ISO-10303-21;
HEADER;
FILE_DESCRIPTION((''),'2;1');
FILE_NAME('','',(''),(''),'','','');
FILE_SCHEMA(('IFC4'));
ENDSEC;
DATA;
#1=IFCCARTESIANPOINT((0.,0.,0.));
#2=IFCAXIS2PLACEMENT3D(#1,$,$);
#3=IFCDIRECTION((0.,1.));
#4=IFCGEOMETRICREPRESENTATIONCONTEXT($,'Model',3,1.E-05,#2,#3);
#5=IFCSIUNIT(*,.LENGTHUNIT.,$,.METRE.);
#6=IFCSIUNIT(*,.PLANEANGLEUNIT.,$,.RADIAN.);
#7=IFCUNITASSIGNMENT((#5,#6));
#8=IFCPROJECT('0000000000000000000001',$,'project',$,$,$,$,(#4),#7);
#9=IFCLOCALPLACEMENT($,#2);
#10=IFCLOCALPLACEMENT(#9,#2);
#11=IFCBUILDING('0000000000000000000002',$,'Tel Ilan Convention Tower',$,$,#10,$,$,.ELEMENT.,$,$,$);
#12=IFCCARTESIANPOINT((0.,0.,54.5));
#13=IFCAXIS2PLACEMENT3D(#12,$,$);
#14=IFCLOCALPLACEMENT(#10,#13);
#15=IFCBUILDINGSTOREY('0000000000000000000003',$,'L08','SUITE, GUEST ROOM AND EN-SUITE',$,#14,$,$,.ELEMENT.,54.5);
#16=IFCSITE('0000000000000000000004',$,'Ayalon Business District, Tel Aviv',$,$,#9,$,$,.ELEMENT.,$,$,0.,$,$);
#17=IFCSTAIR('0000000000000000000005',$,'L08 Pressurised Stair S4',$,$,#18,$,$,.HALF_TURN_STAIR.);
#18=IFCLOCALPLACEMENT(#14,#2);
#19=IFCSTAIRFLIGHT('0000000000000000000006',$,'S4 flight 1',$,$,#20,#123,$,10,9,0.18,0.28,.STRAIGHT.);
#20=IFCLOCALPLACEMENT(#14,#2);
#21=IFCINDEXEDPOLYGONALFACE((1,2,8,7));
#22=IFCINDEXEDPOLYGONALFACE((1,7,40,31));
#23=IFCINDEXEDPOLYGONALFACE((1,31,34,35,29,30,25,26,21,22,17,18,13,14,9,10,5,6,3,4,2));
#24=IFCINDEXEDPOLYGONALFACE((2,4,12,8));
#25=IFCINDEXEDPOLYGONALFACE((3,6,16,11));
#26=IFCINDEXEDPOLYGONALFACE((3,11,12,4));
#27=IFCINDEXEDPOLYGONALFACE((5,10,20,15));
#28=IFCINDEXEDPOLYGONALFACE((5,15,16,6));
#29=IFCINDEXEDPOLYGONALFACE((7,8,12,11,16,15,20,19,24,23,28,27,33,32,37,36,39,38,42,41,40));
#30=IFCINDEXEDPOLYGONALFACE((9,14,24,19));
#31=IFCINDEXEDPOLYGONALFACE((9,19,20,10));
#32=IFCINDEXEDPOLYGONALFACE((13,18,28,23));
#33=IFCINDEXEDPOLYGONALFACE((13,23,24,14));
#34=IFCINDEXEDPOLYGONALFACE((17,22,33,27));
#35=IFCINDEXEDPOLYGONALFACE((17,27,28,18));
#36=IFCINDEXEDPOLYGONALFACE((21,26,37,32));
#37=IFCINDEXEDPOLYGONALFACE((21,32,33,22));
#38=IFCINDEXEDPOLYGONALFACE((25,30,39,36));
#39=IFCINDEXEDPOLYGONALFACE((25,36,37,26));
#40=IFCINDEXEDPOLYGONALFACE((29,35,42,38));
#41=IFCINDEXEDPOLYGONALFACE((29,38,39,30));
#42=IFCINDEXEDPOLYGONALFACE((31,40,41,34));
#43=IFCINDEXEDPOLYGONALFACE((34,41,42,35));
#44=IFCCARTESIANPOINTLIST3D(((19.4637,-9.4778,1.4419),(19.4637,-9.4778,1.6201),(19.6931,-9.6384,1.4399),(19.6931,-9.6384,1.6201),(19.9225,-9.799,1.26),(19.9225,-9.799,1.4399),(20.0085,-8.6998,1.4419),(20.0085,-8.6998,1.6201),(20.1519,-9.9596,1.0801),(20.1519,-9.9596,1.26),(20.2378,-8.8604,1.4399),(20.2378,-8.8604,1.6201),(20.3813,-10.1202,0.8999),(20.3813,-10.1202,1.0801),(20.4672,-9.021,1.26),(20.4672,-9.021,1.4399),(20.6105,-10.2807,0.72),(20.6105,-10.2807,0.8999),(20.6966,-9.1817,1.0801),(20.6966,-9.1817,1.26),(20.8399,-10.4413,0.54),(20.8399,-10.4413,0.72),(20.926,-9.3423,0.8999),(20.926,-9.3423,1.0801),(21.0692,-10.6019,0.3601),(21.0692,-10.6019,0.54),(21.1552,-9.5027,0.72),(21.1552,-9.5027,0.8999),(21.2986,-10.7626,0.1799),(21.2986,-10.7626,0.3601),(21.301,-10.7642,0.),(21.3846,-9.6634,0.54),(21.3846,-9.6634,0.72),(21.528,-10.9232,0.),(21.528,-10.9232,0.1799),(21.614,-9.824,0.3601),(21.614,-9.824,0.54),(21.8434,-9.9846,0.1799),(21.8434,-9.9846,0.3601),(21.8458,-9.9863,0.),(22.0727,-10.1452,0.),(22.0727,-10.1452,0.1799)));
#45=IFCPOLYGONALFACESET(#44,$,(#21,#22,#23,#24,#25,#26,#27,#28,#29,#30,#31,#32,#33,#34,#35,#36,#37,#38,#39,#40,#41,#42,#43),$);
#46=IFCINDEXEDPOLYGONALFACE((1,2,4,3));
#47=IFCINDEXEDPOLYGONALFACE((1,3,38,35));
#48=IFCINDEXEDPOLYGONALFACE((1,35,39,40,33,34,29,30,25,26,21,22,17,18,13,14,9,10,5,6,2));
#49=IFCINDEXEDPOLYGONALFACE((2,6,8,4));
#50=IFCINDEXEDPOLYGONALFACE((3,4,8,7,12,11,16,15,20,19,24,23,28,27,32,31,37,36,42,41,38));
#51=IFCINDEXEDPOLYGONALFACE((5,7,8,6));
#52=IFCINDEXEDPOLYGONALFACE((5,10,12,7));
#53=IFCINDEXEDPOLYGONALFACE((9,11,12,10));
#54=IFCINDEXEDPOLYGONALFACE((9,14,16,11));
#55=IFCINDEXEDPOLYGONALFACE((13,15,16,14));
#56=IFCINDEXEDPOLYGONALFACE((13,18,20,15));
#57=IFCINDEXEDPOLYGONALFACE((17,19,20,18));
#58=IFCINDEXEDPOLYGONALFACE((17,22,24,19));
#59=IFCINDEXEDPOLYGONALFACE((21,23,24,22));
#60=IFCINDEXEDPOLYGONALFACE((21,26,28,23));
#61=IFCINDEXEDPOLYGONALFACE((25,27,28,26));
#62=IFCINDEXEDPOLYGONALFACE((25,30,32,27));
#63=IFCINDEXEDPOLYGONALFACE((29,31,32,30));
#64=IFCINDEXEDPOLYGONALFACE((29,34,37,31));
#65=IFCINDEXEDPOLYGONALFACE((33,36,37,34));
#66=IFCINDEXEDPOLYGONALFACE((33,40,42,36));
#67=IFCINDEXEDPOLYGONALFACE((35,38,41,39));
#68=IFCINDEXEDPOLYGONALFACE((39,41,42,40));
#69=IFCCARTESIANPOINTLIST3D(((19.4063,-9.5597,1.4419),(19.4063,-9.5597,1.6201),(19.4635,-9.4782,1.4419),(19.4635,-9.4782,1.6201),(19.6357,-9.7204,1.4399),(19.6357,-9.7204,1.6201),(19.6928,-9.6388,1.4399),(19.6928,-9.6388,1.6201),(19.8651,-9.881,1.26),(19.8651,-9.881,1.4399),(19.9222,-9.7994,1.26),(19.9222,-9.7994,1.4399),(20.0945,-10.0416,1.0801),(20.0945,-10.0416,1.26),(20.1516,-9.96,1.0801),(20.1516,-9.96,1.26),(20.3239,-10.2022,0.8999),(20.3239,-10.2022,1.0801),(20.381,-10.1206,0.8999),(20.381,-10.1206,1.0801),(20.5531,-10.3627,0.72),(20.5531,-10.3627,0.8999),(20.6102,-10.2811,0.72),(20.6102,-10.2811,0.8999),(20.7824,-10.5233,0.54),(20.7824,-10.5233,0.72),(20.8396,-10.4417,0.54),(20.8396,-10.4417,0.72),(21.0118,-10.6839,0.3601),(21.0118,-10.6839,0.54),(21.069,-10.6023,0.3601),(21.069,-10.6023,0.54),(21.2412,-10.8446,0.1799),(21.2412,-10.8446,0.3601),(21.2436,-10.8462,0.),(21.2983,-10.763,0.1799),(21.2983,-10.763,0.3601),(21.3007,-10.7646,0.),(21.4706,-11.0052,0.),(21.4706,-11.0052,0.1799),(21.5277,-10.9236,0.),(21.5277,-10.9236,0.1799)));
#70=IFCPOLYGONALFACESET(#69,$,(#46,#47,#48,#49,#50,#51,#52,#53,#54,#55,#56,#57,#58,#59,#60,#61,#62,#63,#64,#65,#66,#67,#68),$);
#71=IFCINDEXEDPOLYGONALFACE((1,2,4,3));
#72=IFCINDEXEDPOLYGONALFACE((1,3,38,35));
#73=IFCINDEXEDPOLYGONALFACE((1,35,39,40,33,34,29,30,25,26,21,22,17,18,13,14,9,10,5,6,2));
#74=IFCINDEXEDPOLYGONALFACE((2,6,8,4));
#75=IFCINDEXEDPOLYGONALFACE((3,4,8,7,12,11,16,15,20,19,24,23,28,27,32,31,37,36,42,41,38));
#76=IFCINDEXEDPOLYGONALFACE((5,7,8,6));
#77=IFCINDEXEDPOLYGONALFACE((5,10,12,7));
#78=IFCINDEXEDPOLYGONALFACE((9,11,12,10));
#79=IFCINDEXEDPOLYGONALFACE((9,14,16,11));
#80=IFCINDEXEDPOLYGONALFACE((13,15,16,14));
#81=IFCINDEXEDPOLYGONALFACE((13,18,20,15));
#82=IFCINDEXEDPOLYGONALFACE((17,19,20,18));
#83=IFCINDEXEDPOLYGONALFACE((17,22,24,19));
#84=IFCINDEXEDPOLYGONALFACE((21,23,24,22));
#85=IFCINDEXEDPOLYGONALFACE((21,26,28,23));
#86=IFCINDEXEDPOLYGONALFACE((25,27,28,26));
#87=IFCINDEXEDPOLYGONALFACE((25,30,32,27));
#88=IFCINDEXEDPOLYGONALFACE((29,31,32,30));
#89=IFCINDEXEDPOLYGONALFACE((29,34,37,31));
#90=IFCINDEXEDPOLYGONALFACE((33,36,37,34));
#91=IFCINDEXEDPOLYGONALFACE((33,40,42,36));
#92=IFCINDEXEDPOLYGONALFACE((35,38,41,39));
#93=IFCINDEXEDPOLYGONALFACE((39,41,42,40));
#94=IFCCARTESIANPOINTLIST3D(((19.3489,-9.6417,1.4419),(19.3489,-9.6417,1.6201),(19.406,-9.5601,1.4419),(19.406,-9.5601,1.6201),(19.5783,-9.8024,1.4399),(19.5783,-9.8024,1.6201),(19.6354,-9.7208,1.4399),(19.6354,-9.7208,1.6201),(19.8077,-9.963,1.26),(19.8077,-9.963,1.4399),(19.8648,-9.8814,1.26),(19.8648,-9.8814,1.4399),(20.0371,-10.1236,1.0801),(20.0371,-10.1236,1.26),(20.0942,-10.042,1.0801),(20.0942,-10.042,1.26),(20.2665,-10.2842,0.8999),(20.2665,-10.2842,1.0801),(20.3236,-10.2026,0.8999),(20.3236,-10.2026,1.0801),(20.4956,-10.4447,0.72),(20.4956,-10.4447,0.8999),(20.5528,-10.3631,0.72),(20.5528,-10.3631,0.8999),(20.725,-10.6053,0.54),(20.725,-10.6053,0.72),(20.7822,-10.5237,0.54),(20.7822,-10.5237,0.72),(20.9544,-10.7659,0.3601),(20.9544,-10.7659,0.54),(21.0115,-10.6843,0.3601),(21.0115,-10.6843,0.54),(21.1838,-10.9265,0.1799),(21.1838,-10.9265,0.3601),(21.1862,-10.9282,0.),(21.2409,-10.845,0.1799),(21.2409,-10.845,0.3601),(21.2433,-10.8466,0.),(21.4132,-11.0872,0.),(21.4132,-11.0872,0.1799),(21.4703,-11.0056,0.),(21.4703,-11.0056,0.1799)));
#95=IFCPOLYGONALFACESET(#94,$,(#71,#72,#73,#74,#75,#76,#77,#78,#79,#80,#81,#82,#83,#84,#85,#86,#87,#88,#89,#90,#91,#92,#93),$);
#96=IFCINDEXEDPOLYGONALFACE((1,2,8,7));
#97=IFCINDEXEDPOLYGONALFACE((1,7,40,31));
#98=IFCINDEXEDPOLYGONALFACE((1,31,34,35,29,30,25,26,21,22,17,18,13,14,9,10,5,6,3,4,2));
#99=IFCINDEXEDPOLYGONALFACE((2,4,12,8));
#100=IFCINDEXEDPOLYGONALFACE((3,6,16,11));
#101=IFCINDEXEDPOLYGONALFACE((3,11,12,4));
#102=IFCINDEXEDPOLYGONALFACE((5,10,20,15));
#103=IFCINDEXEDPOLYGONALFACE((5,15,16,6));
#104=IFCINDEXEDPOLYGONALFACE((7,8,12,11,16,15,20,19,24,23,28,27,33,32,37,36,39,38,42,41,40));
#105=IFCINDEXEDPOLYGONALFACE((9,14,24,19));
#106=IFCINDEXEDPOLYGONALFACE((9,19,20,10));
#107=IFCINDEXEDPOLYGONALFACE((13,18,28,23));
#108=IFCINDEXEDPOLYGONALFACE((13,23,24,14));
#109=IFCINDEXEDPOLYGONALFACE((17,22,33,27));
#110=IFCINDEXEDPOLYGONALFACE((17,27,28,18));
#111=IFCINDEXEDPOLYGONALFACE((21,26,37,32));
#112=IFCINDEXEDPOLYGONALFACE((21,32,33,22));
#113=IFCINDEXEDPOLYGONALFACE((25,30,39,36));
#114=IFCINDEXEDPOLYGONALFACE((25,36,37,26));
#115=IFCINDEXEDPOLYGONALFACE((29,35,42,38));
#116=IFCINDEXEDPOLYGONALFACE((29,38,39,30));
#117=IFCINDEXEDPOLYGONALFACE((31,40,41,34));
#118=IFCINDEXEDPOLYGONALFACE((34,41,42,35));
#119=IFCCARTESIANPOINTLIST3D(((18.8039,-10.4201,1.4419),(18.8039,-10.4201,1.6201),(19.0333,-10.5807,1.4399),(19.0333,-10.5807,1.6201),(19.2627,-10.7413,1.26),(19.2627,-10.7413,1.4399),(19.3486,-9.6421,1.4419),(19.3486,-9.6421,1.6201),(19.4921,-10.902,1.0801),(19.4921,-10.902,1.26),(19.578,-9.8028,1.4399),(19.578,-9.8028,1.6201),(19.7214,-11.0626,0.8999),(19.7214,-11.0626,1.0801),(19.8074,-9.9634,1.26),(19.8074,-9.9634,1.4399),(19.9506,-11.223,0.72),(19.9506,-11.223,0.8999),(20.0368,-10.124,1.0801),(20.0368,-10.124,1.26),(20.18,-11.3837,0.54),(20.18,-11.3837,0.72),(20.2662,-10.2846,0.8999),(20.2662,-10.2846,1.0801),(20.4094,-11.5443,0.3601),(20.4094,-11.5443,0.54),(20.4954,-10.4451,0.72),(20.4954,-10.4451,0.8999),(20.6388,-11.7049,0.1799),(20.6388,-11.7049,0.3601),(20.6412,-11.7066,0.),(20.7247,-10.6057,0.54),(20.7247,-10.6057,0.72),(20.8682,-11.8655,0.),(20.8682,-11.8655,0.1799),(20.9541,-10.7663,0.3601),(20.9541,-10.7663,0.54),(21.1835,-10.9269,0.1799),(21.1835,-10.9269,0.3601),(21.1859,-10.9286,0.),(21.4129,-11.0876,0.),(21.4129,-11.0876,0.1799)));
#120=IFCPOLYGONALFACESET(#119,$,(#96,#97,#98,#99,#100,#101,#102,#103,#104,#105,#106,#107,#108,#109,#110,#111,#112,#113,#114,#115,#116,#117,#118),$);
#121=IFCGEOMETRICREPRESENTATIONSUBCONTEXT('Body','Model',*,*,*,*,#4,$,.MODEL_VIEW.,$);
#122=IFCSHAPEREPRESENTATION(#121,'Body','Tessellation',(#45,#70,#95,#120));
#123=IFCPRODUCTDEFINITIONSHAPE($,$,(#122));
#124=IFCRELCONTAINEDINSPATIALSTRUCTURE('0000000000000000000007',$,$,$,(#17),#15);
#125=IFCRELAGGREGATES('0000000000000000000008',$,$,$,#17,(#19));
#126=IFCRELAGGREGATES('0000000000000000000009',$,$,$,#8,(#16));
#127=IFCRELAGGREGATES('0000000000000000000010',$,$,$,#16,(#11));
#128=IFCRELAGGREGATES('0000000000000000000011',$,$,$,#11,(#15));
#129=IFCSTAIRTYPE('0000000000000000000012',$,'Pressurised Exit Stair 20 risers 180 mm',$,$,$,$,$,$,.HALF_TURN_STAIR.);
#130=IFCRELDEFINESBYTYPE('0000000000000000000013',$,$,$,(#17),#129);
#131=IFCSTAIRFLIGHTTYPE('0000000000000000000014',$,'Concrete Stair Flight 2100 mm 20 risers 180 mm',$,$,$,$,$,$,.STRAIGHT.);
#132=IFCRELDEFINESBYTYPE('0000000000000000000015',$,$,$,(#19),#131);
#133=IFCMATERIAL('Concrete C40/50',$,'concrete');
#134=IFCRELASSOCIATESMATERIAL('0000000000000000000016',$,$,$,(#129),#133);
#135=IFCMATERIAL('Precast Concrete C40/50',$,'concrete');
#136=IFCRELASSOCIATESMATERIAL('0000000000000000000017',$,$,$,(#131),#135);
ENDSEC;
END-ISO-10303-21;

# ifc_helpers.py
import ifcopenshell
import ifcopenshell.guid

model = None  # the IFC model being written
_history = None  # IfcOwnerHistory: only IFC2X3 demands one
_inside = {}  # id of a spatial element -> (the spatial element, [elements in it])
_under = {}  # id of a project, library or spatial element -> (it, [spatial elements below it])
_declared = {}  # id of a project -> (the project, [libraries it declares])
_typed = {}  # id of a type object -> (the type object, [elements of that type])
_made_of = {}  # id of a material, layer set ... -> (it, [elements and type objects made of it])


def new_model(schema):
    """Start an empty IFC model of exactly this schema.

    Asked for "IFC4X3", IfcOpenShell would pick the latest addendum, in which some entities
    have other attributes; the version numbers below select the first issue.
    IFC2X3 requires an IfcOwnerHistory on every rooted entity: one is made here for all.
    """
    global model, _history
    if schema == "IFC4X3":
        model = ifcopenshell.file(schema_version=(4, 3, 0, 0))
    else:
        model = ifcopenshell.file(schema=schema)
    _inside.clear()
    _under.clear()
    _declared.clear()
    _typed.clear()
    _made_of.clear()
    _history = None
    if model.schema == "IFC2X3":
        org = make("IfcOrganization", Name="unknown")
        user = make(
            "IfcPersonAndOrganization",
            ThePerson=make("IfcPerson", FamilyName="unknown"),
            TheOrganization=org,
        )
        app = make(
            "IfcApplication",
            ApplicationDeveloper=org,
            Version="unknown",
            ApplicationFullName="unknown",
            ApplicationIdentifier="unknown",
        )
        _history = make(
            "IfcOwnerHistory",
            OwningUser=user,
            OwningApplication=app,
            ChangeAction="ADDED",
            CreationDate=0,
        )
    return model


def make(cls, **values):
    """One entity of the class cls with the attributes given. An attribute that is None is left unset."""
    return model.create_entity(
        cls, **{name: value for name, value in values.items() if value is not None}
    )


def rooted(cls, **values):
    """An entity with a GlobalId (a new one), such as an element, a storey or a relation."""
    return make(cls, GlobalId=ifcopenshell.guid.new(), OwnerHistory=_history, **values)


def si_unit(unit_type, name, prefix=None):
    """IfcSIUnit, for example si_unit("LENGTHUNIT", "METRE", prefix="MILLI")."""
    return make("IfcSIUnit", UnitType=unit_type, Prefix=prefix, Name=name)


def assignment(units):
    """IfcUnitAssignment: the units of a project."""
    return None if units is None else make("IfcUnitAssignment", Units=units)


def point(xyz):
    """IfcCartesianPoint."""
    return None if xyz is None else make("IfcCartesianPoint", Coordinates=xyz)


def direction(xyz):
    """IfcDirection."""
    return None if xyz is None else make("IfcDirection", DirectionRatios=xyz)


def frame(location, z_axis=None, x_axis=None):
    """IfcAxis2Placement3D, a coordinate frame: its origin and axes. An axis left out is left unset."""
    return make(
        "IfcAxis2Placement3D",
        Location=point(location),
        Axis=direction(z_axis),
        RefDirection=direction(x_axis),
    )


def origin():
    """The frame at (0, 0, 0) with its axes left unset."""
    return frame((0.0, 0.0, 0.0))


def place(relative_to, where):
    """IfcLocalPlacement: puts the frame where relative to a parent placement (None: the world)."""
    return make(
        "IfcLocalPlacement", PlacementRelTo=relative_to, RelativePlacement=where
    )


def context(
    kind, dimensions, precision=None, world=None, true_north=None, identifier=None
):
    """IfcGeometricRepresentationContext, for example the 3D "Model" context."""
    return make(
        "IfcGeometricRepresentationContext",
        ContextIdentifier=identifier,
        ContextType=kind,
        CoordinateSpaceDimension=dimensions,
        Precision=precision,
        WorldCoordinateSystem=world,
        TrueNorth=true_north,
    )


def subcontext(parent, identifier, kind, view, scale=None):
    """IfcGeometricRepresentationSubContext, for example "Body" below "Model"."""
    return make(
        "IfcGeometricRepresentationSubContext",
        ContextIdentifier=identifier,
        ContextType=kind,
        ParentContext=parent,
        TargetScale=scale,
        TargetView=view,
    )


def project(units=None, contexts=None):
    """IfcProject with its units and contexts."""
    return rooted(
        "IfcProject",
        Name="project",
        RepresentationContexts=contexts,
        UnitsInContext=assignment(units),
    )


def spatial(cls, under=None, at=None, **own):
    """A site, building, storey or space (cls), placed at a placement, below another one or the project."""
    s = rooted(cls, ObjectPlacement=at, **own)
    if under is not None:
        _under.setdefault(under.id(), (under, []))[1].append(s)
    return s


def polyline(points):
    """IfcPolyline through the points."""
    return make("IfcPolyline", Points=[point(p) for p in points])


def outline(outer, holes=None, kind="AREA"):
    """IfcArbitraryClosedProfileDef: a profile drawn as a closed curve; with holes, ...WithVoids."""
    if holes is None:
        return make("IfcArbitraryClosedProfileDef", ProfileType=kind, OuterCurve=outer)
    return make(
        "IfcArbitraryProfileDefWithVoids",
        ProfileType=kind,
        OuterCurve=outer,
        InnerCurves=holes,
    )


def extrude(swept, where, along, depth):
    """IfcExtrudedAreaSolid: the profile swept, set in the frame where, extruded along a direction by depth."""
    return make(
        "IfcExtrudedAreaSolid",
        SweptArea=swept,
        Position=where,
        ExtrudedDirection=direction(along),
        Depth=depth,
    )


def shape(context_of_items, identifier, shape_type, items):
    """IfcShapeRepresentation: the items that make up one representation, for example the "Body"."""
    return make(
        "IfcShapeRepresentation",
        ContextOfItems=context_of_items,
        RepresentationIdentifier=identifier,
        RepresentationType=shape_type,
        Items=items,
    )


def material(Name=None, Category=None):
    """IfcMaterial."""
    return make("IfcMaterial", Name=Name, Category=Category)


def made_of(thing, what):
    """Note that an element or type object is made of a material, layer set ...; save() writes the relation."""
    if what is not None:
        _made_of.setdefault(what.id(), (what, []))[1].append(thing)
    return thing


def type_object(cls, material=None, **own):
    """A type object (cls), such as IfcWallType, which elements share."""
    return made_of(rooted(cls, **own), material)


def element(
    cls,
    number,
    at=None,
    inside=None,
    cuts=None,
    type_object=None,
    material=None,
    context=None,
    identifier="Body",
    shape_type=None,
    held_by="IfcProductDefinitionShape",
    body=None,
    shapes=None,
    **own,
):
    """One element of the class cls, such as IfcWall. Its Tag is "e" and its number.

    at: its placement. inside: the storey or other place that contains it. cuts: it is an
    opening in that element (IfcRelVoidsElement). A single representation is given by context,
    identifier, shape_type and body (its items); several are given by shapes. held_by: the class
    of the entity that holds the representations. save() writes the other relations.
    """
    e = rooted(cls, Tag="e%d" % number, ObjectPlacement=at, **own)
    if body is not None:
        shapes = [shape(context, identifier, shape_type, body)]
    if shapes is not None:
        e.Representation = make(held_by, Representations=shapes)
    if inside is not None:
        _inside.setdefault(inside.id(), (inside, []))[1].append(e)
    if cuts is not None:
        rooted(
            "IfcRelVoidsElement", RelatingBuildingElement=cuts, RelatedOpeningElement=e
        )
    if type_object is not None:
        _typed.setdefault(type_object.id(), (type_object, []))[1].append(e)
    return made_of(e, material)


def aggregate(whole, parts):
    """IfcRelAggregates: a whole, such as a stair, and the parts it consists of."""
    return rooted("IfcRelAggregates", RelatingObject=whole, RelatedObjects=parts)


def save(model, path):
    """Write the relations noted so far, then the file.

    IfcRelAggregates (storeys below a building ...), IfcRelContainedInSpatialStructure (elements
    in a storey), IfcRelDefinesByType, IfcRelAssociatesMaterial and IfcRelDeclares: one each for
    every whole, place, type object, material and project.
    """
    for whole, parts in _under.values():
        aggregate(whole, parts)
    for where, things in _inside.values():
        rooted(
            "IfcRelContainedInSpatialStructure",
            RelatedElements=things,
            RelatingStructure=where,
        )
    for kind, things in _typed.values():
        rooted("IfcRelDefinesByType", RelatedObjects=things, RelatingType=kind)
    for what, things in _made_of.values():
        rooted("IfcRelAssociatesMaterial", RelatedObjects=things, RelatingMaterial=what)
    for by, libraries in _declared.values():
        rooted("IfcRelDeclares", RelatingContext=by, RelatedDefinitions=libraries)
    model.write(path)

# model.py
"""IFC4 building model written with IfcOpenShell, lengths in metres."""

from ifc_helpers import new_model, si_unit, direction, frame, origin, place, context, subcontext, project, spatial, polyline, outline, extrude, material, type_object, element, aggregate, save


model = new_model("IFC4")

# Units and contexts
model_context = context("Model", 3, precision=1e-05, world=origin(), true_north=direction((0.0, 1.0)))
body_context = subcontext(model_context, "Body", "Model", "MODEL_VIEW")
ifc_project = project(units=[si_unit("LENGTHUNIT", "METRE"), si_unit("PLANEANGLEUNIT", "RADIAN")], contexts=[model_context])

# Site, building, storey
site_placement = place(None, origin())
site = spatial("IfcSite", under=ifc_project, at=site_placement, Name="Ayalon Business District, Tel Aviv", CompositionType="ELEMENT", RefElevation=0.0)
building_placement = place(site_placement, origin())
building = spatial("IfcBuilding", under=site, at=building_placement, Name="Tel Ilan Convention Tower", CompositionType="ELEMENT")
storey_placement = place(building_placement, frame((0.0, 0.0, 54.5)))
storey = spatial("IfcBuildingStorey", under=building, at=storey_placement, Name="L08", Description="SUITE, GUEST ROOM AND EN-SUITE", CompositionType="ELEMENT", Elevation=54.5)

# Stair, stair flight
ifc_material_1 = material(Name="Concrete C40/50", Category="concrete")
stair_type = type_object("IfcStairType", Name="Pressurised Exit Stair 20 risers 180 mm", PredefinedType="HALF_TURN_STAIR", material=ifc_material_1)
ifc_material_2 = material(Name="Precast Concrete C40/50", Category="concrete")
stair_flight_type = type_object("IfcStairFlightType", Name="Concrete Stair Flight 2100 mm 20 risers 180 mm", PredefinedType="STRAIGHT", material=ifc_material_2)
stair_1_placement = place(storey_placement, origin())
stair_1 = element("IfcStair", 1, at=stair_1_placement, inside=storey, type_object=stair_type, Name="L08 Pressurised Stair S4", PredefinedType="HALF_TURN_STAIR")
stair_flight_1_placement = place(storey_placement, frame((21.4705, -11.0054, 0.0), z_axis=(0.0, 0.0, 1.0), x_axis=(-0.819152, 0.573576, 0.0)))
stair_flight_1 = element("IfcStairFlight", 2, at=stair_flight_1_placement, type_object=stair_flight_type, Name="S4 flight 1", NumberOfRisers=10, NumberOfTreads=9, PredefinedType="STRAIGHT", RiserHeight=0.18, TreadLength=0.28, context=body_context, shape_type="SweptSolid", body=[
    extrude(outline(polyline([(0.0, 0.0), (0.0, 0.1799), (0.28, 0.1799), (0.28, 0.3601), (0.5601, 0.3601), (0.5601, 0.54), (0.8401, 0.54), (0.8401, 0.72), (1.1201, 0.72), (1.1201, 0.8999), (1.3999, 0.8999), (1.3999, 1.0801), (1.6799, 1.0801), (1.6799, 1.26), (1.96, 1.26), (1.96, 1.4399), (2.24, 1.4399), (2.24, 1.6201), (2.52, 1.6201), (2.52, 1.8), (2.52, 1.4419), (0.2771, 0.0), (0.0, 0.0)])), frame((0.0, -0.1003, 0.0), z_axis=(0.0, -1.0, 0.0), x_axis=(1.0, 0.0, 0.0)), (0.0, 0.0, 1.0), 0.9497),
    extrude(outline(polyline([(0.0, 0.0), (0.0, 0.1799), (0.28, 0.1799), (0.28, 0.3601), (0.5601, 0.3601), (0.5601, 0.54), (0.8401, 0.54), (0.8401, 0.72), (1.1201, 0.72), (1.1201, 0.8999), (1.3999, 0.8999), (1.3999, 1.0801), (1.6799, 1.0801), (1.6799, 1.26), (1.96, 1.26), (1.96, 1.4399), (2.24, 1.4399), (2.24, 1.6201), (2.52, 1.6201), (2.52, 1.8), (2.52, 1.4419), (0.2771, 0.0), (0.0, 0.0)])), frame((0.0, -0.0002, 0.0), z_axis=(0.0, -1.0, 0.0), x_axis=(1.0, 0.0, 0.0)), (0.0, 0.0, 1.0), 0.0996),
    extrude(outline(polyline([(0.0, 0.0), (0.0, 0.1799), (0.28, 0.1799), (0.28, 0.3601), (0.5601, 0.3601), (0.5601, 0.54), (0.8401, 0.54), (0.8401, 0.72), (1.1201, 0.72), (1.1201, 0.8999), (1.3999, 0.8999), (1.3999, 1.0801), (1.6799, 1.0801), (1.6799, 1.26), (1.96, 1.26), (1.96, 1.4399), (2.24, 1.4399), (2.24, 1.6201), (2.52, 1.6201), (2.52, 1.8), (2.52, 1.4419), (0.2771, 0.0), (0.0, 0.0)])), frame((0.0, 0.0999, 0.0), z_axis=(0.0, -1.0, 0.0), x_axis=(1.0, 0.0, 0.0)), (0.0, 0.0, 1.0), 0.0996),
    extrude(outline(polyline([(0.0, 0.0), (0.0, 0.1799), (0.28, 0.1799), (0.28, 0.3601), (0.5601, 0.3601), (0.5601, 0.54), (0.8401, 0.54), (0.8401, 0.72), (1.1201, 0.72), (1.1201, 0.8999), (1.3999, 0.8999), (1.3999, 1.0801), (1.6799, 1.0801), (1.6799, 1.26), (1.96, 1.26), (1.96, 1.4399), (2.24, 1.4399), (2.24, 1.6201), (2.52, 1.6201), (2.52, 1.8), (2.52, 1.4419), (0.2771, 0.0), (0.0, 0.0)])), frame((0.0, 1.05, 0.0), z_axis=(0.0, -1.0, 0.0), x_axis=(1.0, 0.0, 0.0)), (0.0, 0.0, 1.0), 0.9497),
])
aggregate(stair_1, [stair_flight_1])

save(model, "model.ifc")
